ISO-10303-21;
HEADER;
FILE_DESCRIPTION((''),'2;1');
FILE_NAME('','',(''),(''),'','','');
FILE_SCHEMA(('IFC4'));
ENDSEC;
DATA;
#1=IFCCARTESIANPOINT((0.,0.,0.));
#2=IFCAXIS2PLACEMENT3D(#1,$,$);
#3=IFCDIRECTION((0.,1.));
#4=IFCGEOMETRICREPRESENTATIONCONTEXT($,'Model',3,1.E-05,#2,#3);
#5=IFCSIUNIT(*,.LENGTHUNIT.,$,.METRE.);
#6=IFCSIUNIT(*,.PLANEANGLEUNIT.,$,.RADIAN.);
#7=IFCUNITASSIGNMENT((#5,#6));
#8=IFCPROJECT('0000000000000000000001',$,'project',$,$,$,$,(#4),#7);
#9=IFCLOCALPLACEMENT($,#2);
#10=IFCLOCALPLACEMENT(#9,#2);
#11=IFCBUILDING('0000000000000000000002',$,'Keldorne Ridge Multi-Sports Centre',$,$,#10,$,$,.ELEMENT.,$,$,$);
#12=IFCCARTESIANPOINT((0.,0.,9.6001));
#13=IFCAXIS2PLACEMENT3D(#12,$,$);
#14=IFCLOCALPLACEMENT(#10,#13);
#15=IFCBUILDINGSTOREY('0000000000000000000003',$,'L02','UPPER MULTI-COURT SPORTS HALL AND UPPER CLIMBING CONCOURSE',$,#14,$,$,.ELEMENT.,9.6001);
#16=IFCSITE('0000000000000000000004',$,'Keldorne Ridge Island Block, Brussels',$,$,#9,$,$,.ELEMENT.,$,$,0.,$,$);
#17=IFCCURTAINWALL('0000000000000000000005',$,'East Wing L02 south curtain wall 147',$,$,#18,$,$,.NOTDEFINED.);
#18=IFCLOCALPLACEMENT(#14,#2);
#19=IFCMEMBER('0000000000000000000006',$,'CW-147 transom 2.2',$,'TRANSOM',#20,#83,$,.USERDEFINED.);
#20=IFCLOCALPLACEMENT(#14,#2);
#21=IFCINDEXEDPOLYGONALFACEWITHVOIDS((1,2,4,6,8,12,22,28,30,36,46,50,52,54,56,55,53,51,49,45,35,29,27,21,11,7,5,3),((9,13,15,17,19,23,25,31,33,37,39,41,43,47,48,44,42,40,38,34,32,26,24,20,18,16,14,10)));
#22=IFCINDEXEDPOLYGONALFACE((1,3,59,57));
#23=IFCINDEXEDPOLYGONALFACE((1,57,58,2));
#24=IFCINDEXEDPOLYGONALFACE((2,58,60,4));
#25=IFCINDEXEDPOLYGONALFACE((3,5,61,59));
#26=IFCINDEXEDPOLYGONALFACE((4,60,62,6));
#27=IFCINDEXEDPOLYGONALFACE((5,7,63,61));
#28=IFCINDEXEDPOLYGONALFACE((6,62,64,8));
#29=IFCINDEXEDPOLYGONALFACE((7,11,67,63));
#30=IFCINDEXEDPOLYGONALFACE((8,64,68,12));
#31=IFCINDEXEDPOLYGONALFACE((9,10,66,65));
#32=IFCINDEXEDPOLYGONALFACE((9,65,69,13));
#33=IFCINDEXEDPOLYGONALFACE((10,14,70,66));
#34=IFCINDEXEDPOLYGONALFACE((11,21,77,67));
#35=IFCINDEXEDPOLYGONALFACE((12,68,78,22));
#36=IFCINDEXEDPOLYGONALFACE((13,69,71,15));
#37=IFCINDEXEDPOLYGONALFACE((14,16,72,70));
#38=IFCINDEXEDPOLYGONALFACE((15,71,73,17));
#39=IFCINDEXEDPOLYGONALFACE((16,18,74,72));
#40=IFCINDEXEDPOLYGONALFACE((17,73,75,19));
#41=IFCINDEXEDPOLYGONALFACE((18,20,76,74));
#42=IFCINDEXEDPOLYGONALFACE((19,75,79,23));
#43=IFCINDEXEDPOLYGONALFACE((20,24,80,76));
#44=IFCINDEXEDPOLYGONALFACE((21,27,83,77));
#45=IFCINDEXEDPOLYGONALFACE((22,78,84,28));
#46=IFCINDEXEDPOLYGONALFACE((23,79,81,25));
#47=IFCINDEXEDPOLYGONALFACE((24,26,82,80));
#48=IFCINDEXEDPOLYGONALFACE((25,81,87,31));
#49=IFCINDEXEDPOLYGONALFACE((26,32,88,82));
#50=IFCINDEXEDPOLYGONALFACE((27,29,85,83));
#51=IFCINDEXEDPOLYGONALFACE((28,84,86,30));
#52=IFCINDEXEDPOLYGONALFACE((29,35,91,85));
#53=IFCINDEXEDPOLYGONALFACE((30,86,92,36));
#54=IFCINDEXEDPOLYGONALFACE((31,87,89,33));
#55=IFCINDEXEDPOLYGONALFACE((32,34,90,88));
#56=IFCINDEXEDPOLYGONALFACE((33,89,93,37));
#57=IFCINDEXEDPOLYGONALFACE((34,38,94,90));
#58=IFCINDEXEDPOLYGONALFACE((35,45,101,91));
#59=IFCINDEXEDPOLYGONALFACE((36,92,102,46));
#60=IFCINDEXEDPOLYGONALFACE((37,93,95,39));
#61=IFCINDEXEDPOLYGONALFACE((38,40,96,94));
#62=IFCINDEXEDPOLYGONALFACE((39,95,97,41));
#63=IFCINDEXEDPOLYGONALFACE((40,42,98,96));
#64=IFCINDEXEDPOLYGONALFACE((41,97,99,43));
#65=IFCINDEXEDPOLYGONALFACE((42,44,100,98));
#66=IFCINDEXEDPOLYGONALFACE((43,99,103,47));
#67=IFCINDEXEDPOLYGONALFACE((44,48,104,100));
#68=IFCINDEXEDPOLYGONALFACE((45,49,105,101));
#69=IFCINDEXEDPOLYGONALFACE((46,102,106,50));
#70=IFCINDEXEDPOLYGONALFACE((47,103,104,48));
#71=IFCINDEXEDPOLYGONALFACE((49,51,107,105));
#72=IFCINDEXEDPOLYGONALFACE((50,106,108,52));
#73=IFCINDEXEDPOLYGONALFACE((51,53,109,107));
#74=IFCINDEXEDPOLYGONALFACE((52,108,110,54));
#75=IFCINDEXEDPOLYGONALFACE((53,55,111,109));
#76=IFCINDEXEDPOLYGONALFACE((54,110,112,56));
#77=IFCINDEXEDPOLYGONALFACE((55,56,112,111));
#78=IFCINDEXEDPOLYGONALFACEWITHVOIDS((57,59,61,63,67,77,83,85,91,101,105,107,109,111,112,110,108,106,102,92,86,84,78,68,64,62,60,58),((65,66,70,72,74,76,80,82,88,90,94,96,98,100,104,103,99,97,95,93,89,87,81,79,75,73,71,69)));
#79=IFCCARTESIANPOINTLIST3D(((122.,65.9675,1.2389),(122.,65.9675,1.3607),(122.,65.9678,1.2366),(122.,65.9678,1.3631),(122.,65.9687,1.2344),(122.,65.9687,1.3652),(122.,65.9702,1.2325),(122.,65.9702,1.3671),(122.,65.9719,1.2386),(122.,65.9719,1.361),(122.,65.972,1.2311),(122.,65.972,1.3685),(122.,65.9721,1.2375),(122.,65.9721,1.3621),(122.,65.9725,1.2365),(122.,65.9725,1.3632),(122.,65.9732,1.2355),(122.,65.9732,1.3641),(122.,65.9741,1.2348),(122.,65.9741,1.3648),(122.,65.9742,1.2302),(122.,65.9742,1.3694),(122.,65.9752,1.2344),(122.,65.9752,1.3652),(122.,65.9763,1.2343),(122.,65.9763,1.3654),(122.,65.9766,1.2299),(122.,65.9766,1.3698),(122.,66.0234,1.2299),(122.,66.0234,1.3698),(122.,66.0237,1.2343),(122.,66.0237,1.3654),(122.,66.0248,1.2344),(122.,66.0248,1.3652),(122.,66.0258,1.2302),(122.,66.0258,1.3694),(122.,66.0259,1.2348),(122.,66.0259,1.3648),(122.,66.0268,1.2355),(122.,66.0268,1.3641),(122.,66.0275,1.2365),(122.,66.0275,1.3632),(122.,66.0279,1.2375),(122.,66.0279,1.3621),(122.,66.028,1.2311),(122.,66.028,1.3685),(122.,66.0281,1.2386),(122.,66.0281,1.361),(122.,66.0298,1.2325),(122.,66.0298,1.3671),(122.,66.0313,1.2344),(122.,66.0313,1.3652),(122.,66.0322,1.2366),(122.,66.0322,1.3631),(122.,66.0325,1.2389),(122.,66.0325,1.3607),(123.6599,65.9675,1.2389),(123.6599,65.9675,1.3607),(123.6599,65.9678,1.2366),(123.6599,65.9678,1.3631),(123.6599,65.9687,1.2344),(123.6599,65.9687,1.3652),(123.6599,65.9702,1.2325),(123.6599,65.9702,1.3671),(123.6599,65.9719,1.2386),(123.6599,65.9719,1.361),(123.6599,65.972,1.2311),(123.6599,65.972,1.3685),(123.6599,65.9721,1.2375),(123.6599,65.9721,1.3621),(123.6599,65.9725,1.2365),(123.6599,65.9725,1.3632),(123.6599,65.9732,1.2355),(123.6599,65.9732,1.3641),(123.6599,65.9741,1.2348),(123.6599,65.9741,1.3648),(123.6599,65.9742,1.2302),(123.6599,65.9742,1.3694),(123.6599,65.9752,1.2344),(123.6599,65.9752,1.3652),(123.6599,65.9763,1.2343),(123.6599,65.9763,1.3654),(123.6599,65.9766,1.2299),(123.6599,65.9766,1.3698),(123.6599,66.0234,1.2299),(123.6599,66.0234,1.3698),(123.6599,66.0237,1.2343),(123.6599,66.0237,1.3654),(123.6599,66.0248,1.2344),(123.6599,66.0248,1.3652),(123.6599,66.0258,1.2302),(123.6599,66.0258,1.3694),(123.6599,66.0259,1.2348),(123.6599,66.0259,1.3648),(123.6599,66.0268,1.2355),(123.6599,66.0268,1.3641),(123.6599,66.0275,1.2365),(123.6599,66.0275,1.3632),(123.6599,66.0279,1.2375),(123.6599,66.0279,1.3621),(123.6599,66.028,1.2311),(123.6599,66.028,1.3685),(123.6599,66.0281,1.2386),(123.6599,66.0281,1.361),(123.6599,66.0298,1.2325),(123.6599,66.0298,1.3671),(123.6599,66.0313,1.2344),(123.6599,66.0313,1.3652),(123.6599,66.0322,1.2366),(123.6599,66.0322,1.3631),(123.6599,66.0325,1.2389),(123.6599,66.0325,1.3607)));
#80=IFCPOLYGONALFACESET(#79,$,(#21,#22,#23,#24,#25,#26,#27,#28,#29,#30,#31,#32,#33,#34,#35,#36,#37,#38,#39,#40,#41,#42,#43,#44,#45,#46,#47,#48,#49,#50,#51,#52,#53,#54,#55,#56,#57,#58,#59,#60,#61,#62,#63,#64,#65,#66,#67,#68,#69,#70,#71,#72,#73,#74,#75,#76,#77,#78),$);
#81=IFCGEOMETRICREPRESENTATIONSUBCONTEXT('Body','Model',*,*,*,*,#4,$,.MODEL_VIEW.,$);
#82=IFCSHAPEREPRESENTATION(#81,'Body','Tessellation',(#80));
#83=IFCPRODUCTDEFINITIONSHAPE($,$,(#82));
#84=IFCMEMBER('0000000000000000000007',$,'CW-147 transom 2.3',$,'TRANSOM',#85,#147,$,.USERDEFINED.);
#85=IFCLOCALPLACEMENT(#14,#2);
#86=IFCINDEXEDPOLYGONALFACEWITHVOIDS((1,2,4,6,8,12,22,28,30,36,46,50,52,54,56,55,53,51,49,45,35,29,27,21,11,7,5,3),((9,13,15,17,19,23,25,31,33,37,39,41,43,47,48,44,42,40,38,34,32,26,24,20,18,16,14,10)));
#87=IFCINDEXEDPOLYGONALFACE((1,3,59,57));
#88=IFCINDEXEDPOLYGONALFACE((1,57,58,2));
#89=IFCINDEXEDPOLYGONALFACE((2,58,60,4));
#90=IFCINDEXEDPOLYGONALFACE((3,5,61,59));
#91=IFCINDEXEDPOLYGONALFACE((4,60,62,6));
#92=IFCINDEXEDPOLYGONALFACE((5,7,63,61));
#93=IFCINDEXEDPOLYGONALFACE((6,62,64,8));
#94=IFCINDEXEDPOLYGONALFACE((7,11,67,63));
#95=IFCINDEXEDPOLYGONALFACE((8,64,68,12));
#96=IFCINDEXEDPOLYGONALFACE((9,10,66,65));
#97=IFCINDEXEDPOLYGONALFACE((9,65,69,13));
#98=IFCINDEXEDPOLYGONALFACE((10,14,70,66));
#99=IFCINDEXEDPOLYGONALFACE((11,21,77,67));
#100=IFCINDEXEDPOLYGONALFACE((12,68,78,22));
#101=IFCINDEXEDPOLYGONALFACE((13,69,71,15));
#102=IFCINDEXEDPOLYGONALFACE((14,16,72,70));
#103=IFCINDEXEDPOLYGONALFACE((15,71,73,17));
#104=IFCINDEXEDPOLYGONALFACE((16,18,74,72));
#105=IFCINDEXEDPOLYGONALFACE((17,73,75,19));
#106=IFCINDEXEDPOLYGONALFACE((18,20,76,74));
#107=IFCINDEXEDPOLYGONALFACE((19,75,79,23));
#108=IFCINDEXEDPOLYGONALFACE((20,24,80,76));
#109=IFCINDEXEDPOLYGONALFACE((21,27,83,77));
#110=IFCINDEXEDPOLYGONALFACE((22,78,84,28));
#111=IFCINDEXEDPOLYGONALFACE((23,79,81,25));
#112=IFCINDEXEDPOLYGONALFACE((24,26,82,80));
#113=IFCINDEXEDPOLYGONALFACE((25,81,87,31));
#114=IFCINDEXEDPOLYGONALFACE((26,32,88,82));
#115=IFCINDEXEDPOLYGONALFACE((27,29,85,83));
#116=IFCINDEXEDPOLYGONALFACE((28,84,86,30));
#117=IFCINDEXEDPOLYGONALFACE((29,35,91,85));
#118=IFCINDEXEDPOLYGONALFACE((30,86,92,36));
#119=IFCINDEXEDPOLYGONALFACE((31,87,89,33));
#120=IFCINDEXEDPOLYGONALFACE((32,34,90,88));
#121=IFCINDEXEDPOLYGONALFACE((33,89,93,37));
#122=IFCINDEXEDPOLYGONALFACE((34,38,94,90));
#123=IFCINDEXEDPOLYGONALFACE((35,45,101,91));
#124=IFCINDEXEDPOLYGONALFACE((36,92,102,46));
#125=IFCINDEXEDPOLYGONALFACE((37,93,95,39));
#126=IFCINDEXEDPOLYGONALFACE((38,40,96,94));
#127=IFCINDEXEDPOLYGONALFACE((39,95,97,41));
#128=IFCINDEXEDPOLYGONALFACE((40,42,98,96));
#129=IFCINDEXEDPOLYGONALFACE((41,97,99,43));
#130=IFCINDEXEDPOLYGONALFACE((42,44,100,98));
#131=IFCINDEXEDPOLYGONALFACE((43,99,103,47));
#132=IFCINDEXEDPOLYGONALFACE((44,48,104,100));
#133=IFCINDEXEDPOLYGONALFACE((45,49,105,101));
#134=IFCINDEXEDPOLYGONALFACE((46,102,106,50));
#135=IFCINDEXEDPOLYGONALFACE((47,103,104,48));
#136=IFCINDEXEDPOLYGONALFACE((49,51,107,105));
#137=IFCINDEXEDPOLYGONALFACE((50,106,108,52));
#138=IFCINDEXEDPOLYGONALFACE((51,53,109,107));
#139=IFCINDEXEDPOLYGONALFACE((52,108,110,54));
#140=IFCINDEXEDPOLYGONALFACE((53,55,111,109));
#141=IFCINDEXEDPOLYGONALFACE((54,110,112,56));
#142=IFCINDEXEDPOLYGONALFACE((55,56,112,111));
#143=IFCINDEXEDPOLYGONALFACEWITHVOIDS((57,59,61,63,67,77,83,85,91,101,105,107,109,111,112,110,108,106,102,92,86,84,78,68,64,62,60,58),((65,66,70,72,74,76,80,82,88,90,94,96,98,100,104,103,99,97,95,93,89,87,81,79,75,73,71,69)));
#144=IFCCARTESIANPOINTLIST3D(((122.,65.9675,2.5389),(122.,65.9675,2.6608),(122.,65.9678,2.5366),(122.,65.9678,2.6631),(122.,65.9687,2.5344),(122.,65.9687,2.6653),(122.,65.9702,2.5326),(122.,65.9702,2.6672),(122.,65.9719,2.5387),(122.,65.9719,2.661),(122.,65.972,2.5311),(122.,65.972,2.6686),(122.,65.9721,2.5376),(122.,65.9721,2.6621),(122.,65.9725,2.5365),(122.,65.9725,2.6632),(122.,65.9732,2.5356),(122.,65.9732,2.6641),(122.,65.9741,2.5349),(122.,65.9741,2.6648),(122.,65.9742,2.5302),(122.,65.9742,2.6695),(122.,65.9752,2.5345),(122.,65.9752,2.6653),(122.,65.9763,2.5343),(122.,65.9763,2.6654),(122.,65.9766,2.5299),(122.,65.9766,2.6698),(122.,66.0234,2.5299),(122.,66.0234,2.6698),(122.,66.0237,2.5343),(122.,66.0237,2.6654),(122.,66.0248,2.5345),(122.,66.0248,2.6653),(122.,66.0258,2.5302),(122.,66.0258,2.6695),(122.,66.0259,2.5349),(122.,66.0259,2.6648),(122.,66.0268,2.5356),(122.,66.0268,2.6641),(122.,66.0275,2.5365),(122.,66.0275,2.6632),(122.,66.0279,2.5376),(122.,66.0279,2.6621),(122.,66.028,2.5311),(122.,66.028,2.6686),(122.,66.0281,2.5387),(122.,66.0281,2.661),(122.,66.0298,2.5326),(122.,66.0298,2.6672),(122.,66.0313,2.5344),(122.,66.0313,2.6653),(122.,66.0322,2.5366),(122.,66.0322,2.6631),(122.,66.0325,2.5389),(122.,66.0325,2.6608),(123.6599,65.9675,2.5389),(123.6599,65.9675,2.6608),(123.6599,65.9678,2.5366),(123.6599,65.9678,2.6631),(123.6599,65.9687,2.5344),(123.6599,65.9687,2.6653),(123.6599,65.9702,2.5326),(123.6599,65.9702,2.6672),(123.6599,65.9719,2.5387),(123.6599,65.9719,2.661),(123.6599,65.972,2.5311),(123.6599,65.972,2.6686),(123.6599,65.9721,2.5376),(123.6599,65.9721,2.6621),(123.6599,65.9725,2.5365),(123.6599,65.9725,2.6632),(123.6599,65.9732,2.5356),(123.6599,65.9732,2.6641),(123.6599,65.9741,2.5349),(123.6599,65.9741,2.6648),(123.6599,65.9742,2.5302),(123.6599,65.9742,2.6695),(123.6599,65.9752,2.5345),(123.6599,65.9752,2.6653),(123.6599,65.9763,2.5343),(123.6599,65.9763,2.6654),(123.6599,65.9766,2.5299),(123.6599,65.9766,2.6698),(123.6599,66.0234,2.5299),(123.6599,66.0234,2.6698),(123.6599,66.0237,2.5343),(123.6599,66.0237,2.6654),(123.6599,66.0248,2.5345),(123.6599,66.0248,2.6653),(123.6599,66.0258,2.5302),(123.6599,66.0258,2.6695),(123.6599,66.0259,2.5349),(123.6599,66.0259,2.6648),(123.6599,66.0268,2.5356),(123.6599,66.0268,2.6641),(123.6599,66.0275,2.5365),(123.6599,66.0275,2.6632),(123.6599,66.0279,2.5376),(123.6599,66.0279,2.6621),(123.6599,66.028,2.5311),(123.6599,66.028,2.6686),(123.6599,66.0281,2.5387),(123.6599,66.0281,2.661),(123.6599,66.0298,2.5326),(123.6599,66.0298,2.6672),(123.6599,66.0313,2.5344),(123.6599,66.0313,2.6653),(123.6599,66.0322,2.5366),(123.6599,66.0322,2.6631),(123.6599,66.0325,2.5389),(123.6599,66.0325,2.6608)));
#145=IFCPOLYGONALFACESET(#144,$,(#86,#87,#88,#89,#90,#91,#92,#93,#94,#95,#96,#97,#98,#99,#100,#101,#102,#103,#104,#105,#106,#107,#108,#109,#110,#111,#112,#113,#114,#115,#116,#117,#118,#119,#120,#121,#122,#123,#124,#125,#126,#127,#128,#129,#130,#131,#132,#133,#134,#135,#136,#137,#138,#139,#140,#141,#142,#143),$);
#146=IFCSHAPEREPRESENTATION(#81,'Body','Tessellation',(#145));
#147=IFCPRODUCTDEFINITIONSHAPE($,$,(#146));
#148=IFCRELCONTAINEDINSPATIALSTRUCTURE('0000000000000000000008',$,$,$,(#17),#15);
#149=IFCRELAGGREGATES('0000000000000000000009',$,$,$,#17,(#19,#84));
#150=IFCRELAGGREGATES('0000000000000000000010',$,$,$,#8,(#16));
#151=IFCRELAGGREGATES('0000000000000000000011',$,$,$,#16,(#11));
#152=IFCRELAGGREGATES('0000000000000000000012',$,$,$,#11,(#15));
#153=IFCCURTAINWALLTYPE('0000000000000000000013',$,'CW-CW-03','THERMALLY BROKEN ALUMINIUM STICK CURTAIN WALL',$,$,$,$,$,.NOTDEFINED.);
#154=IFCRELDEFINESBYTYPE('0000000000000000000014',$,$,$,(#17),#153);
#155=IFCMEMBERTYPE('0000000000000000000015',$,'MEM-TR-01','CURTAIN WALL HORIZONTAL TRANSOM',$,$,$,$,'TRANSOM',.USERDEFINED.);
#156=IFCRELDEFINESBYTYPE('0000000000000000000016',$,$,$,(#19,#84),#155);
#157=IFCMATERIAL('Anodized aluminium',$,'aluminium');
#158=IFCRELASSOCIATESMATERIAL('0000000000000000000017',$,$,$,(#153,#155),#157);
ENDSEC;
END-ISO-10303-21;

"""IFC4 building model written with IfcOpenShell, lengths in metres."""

from ifc_helpers import new_model, si_unit, direction, frame, origin, origin_2d, place, context, subcontext, project, spatial, hollow_rectangle, extrude, material, material_profile, profile_set, type_object, element, aggregate, save


model = new_model("IFC4")

# Units and contexts
model_context = context("Model", 3, precision=1e-05, world=origin(), true_north=direction((0.0, 1.0)))
body_context = subcontext(model_context, "Body", "Model", "MODEL_VIEW")
ifc_project = project(units=[si_unit("LENGTHUNIT", "METRE"), si_unit("PLANEANGLEUNIT", "RADIAN")], contexts=[model_context])

# Site, building, storey
site_placement = place(None, origin())
site = spatial("IfcSite", under=ifc_project, at=site_placement, Name="Keldorne Ridge Island Block, Brussels", CompositionType="ELEMENT", RefElevation=0.0)
building_placement = place(site_placement, origin())
building = spatial("IfcBuilding", under=site, at=building_placement, Name="Keldorne Ridge Multi-Sports Centre", CompositionType="ELEMENT")
storey_placement = place(building_placement, frame((0.0, 0.0, 9.6001)))
storey = spatial("IfcBuildingStorey", under=building, at=storey_placement, Name="L02", Description="UPPER MULTI-COURT SPORTS HALL AND UPPER CLIMBING CONCOURSE", CompositionType="ELEMENT", Elevation=9.6001)

# Curtain wall, members
ifc_material_1 = material(Name="Anodized aluminium", Category="aluminium")
curtain_wall_type = type_object("IfcCurtainWallType", Name="CW-CW-03", Description="THERMALLY BROKEN ALUMINIUM STICK CURTAIN WALL", PredefinedType="NOTDEFINED", material=ifc_material_1)
curtain_wall_placement = place(storey_placement, origin())
curtain_wall = element("IfcCurtainWall", 1, at=curtain_wall_placement, inside=storey, type_object=curtain_wall_type, Name="East Wing L02 south curtain wall 147", PredefinedType="NOTDEFINED")
ifc_material_profile_1 = material_profile(ifc_material_1, hollow_rectangle(XDim=0.0649, YDim=0.1399, WallThickness=0.0044, InnerFilletRadius=0.0044, OuterFilletRadius=0.009, at=origin_2d()), Name="ALU TRANSOM 140x65x4.5")
ifc_profile_set_1 = profile_set([ifc_material_profile_1], Name="Anodized aluminium")
member_type_1 = type_object("IfcMemberType", Name="MEM-TR-01", Description="CURTAIN WALL HORIZONTAL TRANSOM", ElementType="TRANSOM", PredefinedType="USERDEFINED", material=ifc_profile_set_1)
member_1_placement = place(storey_placement, frame((122.0, 66.0, 1.2998), z_axis=(1.0, 0.0, 0.0), x_axis=(0.0, 1.0, 0.0)))
member_1 = element("IfcMember", 2, at=member_1_placement, type_object=member_type_1, Name="CW-147 transom 2.2", ObjectType="TRANSOM", PredefinedType="USERDEFINED", context=body_context, shape_type="SweptSolid", body=[
    extrude(hollow_rectangle(XDim=0.0649, YDim=0.1399, WallThickness=0.0044, InnerFilletRadius=0.0044, OuterFilletRadius=0.009, at=origin_2d()), origin(), (0.0, 0.0, 1.0), 1.6599),
])
member_2_placement = place(storey_placement, frame((122.0, 66.0, 2.5999), z_axis=(1.0, 0.0, 0.0), x_axis=(0.0, 1.0, 0.0)))
member_2 = element("IfcMember", 3, at=member_2_placement, type_object=member_type_1, Name="CW-147 transom 2.3", ObjectType="TRANSOM", PredefinedType="USERDEFINED", context=body_context, shape_type="SweptSolid", body=[
    extrude(hollow_rectangle(XDim=0.0649, YDim=0.1399, WallThickness=0.0044, InnerFilletRadius=0.0044, OuterFilletRadius=0.009, at=origin_2d()), origin(), (0.0, 0.0, 1.0), 1.6599),
])
aggregate(curtain_wall, [member_1, member_2])

save(model, "model.ifc")
